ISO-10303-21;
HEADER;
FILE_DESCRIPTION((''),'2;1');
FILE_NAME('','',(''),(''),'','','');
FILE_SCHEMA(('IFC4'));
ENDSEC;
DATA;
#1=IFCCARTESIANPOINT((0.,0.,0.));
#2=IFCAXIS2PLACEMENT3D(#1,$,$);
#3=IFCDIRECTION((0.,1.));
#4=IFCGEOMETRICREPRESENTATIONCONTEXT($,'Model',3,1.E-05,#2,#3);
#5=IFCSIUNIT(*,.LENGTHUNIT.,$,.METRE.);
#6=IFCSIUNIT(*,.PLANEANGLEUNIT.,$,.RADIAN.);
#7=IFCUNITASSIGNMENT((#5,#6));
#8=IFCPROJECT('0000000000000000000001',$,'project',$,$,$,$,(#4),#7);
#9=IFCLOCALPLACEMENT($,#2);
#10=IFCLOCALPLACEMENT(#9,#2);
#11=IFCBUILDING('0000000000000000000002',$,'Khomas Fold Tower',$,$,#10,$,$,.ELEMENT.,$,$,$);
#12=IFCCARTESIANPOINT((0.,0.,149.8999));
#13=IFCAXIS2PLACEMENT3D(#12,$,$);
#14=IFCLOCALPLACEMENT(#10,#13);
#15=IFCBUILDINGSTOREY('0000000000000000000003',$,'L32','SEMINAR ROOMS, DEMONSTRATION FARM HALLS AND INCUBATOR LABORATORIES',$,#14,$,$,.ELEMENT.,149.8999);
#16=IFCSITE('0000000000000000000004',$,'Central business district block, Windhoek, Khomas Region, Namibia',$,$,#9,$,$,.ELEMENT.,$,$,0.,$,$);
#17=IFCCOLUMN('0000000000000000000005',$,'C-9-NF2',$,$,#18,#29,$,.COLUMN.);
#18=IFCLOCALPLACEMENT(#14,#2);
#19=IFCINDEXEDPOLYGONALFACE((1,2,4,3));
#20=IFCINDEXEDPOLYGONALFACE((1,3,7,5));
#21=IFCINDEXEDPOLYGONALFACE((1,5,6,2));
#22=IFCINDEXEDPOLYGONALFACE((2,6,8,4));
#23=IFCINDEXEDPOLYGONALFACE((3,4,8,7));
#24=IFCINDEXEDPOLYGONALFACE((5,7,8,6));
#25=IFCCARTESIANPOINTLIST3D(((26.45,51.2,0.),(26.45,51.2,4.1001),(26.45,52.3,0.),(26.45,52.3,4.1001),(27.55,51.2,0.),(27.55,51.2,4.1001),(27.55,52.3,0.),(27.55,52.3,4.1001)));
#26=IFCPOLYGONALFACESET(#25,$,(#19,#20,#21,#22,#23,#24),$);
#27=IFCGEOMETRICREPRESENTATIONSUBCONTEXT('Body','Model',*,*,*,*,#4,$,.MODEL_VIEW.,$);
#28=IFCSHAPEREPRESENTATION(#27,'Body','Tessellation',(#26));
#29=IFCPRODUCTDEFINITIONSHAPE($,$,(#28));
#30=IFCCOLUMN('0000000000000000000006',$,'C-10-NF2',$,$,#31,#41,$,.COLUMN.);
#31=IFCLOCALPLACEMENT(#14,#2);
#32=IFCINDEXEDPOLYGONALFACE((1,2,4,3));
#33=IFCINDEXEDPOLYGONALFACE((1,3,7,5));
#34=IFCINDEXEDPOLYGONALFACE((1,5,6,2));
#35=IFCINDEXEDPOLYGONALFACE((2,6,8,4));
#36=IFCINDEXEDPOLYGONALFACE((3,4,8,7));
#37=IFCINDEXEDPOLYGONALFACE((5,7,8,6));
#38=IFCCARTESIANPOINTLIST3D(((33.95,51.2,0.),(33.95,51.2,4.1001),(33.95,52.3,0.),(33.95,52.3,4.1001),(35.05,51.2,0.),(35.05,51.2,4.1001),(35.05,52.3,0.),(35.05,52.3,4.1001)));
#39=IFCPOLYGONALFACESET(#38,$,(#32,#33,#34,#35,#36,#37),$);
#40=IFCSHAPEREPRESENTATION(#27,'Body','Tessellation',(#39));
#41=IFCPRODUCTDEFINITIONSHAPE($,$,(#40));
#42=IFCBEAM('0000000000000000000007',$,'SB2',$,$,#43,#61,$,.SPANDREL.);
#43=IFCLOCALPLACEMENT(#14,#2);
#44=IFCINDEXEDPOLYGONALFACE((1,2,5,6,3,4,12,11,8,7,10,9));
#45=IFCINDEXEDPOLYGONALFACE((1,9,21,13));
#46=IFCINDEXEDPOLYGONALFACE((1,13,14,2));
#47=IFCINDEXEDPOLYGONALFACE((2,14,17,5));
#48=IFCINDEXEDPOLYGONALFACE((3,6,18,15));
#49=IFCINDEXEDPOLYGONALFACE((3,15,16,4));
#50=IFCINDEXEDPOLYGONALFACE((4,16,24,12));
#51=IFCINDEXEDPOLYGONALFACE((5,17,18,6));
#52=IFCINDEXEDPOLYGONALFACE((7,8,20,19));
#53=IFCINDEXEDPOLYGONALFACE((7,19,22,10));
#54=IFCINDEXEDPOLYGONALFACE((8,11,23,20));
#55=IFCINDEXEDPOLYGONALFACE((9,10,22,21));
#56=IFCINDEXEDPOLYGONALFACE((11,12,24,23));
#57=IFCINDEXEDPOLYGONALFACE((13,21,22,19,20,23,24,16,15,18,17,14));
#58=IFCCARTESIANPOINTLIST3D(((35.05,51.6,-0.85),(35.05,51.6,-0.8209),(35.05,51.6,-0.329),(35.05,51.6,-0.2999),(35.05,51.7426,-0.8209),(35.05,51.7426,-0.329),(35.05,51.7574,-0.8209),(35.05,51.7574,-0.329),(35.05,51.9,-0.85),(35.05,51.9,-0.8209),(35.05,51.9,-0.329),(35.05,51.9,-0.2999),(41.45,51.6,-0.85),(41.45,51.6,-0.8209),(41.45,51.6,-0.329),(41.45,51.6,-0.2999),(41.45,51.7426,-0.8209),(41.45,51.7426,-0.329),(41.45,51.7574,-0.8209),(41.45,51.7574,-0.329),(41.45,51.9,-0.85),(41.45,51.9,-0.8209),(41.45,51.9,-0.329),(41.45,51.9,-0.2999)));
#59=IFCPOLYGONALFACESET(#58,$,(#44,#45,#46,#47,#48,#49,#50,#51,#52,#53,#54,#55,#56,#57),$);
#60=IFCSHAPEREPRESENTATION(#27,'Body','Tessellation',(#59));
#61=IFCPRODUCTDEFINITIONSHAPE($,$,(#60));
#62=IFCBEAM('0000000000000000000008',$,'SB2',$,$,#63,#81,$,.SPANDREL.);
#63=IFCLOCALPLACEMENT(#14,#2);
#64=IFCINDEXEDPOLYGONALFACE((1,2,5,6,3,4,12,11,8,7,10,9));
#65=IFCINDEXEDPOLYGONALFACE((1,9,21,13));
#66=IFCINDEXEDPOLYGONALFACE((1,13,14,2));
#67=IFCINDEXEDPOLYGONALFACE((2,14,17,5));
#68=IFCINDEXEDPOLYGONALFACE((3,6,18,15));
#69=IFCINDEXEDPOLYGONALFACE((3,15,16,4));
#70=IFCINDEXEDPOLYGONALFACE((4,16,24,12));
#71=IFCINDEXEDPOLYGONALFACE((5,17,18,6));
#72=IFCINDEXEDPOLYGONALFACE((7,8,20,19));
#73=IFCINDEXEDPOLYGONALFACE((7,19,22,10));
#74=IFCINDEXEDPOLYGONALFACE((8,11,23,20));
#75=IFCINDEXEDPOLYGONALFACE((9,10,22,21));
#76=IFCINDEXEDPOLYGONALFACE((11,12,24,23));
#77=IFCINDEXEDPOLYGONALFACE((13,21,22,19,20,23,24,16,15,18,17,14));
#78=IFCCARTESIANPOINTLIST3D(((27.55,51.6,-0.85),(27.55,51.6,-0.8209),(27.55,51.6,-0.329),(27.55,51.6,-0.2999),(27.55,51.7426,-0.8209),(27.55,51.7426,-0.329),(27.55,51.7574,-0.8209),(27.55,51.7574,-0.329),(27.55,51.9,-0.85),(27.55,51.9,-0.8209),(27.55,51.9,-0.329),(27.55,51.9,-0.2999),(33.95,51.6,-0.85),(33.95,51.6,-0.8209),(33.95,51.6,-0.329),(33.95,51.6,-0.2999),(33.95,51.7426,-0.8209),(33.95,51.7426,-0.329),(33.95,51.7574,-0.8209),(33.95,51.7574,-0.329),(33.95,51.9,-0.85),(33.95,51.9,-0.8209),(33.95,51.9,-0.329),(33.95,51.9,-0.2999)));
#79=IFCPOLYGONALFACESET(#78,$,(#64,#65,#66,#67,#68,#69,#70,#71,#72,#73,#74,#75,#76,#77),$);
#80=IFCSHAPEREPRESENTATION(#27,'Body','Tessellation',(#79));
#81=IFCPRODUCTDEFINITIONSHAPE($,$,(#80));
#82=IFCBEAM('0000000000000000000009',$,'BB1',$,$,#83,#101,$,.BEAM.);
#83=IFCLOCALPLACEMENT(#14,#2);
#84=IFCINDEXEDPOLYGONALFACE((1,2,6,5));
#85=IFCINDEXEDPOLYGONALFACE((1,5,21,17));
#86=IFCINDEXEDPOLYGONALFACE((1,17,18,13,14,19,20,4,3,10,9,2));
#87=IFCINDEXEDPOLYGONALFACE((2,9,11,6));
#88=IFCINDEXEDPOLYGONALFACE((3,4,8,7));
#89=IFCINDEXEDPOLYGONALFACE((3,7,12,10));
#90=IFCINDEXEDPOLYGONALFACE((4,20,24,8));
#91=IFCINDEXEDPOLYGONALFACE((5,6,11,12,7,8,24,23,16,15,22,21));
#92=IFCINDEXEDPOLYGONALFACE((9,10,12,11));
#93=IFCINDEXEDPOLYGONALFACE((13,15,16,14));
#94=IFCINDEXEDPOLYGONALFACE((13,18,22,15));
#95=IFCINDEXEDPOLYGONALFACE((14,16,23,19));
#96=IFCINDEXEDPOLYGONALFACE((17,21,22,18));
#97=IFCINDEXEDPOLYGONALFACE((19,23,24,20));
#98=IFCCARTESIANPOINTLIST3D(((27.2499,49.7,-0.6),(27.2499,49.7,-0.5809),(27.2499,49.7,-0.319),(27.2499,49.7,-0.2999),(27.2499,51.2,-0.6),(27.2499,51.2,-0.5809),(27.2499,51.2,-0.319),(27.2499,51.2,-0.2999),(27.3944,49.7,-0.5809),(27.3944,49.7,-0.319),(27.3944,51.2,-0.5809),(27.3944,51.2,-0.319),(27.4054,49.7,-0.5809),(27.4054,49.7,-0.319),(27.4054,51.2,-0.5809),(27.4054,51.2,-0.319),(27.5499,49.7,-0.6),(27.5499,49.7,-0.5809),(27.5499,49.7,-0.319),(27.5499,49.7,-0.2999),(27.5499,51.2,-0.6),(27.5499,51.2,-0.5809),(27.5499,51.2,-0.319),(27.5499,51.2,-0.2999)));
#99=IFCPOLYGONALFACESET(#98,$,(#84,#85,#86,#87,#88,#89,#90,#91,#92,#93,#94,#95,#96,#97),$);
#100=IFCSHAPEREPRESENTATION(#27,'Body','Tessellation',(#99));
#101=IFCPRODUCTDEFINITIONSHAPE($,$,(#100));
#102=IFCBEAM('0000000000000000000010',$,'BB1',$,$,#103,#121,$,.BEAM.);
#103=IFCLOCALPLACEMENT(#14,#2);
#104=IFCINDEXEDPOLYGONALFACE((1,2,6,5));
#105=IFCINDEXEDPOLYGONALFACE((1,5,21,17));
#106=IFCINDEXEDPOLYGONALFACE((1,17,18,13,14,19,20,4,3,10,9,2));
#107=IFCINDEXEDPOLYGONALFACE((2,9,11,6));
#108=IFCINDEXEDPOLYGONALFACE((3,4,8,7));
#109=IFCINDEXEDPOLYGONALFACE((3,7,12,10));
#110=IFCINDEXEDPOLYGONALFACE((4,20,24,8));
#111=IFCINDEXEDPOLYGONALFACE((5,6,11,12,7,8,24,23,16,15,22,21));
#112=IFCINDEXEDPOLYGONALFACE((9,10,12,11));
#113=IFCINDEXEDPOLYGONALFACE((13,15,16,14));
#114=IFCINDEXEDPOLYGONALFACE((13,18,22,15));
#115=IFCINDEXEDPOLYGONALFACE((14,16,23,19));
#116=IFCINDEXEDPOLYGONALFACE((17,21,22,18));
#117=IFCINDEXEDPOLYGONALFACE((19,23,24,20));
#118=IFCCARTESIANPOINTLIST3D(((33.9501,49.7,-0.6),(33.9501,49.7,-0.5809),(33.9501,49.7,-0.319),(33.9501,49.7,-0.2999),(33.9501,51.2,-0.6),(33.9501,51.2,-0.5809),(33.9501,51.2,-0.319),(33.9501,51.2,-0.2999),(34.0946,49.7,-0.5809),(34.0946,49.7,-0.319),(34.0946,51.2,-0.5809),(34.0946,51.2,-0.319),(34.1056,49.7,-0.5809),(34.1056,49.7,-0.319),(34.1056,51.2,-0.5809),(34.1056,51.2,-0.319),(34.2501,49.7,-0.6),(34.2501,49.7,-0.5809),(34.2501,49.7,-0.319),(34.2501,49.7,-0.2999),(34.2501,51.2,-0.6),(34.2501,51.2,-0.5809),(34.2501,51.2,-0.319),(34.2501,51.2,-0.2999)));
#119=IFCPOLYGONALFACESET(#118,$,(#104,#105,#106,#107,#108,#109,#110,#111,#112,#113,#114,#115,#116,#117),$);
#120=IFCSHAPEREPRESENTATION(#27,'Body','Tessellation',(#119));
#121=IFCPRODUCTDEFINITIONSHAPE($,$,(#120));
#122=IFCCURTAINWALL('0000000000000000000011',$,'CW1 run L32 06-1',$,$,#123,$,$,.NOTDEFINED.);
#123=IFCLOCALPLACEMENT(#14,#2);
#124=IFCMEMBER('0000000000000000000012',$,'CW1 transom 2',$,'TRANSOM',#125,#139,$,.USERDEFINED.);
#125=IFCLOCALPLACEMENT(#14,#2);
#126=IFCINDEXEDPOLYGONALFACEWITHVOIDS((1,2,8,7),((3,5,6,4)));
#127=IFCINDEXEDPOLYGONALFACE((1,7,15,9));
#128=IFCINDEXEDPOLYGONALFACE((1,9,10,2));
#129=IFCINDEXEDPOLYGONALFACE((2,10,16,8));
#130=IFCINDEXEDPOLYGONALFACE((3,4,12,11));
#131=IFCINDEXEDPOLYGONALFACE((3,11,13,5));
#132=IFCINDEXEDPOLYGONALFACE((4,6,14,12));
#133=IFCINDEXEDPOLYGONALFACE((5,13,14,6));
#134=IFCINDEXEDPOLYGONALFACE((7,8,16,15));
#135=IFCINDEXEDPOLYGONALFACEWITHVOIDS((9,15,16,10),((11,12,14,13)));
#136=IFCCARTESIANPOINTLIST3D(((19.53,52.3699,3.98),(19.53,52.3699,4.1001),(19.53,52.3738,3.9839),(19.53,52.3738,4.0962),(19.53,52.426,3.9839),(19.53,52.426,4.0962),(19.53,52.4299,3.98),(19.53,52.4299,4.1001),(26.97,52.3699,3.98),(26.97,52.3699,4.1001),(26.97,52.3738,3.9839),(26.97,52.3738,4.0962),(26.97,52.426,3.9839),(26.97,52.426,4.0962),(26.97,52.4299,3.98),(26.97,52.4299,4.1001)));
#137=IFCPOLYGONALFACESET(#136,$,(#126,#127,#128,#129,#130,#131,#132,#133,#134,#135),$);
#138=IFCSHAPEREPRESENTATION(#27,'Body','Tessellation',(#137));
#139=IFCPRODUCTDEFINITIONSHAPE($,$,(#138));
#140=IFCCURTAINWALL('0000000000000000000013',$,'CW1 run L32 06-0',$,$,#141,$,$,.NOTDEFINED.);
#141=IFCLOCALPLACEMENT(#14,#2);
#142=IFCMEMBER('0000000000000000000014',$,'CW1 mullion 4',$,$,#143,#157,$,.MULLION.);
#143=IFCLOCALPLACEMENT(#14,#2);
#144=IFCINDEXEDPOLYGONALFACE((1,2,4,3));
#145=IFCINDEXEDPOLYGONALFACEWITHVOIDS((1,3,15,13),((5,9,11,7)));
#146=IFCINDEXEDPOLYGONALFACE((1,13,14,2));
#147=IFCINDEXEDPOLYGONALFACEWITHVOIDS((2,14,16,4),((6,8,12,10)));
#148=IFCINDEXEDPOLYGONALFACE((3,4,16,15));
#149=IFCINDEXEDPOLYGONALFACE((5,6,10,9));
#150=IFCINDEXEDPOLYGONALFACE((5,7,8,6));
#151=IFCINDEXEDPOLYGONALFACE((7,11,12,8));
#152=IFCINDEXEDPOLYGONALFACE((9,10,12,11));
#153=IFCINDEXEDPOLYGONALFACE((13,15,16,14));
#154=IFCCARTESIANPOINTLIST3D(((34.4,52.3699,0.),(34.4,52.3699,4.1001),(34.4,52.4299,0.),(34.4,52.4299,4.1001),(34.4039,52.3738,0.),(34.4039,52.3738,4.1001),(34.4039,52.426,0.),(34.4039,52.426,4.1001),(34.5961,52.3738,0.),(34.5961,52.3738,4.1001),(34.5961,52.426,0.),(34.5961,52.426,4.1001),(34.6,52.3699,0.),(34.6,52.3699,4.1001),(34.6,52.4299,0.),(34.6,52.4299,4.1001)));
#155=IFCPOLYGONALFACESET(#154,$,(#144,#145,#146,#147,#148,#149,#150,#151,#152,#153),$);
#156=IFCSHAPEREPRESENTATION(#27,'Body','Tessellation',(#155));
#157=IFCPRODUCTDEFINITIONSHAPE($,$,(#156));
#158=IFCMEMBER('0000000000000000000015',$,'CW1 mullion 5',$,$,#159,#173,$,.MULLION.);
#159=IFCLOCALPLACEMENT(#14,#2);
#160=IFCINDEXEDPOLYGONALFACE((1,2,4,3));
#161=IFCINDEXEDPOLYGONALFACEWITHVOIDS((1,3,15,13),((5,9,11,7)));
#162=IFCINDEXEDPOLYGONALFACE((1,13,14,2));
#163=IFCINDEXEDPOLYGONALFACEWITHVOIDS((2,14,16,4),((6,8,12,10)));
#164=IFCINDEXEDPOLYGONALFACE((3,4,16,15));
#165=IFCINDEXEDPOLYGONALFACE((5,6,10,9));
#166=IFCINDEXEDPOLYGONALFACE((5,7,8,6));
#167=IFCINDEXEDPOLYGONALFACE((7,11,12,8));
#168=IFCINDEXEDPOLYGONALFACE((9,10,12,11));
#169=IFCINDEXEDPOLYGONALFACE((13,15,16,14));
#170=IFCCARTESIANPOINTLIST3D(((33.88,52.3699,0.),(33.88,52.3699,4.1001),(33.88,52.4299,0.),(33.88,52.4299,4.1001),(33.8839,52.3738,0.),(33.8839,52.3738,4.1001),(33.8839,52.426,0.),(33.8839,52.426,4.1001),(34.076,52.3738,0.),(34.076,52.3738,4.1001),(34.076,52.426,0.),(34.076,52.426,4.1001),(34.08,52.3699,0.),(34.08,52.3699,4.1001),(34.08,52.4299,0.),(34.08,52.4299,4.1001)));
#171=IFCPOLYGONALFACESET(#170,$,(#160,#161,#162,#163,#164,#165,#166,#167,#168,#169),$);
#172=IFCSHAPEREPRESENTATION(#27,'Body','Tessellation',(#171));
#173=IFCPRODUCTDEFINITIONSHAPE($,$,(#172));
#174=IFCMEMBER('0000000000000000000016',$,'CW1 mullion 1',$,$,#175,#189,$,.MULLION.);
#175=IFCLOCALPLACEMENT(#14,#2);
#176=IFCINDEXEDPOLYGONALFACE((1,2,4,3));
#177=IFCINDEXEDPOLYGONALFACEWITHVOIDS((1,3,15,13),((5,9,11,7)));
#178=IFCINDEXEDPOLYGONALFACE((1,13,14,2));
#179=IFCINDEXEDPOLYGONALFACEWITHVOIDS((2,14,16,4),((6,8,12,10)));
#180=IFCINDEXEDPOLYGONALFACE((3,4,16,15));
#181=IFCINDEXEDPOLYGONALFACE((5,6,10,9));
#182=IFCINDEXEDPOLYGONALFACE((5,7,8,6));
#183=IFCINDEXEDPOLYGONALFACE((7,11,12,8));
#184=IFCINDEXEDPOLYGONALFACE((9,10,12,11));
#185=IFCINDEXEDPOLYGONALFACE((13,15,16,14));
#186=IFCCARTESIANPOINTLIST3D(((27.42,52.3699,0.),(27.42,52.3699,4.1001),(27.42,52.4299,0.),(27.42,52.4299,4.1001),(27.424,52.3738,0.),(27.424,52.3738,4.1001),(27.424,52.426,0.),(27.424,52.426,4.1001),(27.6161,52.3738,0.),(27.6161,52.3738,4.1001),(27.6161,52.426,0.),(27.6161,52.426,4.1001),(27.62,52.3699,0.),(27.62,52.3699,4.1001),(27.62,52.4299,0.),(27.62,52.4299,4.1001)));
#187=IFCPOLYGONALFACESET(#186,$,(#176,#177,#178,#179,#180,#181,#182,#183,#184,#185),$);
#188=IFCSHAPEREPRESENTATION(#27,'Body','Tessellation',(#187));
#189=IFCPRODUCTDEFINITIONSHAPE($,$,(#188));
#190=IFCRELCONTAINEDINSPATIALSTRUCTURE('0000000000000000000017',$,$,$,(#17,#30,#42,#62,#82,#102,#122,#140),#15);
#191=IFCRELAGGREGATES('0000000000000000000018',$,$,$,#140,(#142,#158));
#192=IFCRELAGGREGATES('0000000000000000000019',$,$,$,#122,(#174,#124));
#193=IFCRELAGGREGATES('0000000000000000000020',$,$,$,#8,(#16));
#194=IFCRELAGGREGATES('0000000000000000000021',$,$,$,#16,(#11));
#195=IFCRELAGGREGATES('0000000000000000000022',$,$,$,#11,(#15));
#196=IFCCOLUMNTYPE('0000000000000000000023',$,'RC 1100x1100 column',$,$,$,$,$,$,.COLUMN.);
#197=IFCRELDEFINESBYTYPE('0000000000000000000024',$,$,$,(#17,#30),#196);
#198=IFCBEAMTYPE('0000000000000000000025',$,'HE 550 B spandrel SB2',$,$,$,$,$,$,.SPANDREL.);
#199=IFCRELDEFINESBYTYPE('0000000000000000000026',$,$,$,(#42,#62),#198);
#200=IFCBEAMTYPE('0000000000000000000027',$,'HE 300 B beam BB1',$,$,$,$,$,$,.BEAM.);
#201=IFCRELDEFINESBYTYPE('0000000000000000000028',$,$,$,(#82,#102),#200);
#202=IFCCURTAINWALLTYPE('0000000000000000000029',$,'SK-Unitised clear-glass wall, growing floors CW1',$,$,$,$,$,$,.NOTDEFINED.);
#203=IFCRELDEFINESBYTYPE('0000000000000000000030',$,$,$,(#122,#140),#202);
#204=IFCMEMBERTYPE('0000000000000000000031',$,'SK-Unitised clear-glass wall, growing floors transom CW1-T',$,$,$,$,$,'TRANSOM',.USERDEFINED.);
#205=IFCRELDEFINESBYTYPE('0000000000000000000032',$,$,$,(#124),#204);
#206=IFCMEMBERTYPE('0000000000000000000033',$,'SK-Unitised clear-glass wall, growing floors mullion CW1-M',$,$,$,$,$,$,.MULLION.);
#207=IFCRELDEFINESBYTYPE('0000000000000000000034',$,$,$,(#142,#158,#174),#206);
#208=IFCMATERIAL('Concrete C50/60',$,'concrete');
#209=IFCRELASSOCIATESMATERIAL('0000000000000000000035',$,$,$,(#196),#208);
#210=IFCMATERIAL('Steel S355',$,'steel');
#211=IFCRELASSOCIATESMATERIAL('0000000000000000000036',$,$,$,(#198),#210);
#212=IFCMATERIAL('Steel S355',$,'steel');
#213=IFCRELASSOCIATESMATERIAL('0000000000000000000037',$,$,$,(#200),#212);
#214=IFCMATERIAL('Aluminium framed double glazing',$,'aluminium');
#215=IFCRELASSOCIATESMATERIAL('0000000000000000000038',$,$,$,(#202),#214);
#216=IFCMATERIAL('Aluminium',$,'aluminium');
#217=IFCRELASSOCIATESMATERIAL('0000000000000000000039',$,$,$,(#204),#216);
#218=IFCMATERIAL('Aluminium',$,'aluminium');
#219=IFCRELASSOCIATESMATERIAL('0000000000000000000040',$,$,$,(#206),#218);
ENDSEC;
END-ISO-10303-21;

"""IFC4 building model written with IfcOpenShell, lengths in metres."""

from ifc_helpers import new_model, si_unit, direction, frame, origin, origin_2d, place, context, subcontext, project, spatial, rectangle, hollow_rectangle, i_section, extrude, source, transform, mapped, material, material_profile, profile_set, type_object, element, aggregate, save


model = new_model("IFC4")

# Units and contexts
model_context = context("Model", 3, precision=1e-05, world=origin(), true_north=direction((0.0, 1.0)))
body_context = subcontext(model_context, "Body", "Model", "MODEL_VIEW")
ifc_project = project(units=[si_unit("LENGTHUNIT", "METRE"), si_unit("PLANEANGLEUNIT", "RADIAN")], contexts=[model_context])

# Site, building, storey
site_placement = place(None, origin())
site = spatial("IfcSite", under=ifc_project, at=site_placement, Name="Central business district block, Windhoek, Khomas Region, Namibia", CompositionType="ELEMENT", RefElevation=0.0)
building_placement = place(site_placement, origin())
building = spatial("IfcBuilding", under=site, at=building_placement, Name="Khomas Fold Tower", CompositionType="ELEMENT")
storey_placement = place(building_placement, frame((0.0, 0.0, 149.8999)))
storey = spatial("IfcBuildingStorey", under=building, at=storey_placement, Name="L32", Description="SEMINAR ROOMS, DEMONSTRATION FARM HALLS AND INCUBATOR LABORATORIES", CompositionType="ELEMENT", Elevation=149.8999)

# Columns
ifc_material_1 = material(Name="Concrete C50/60", Category="concrete")
ifc_material_profile_1 = material_profile(ifc_material_1, rectangle(XDim=1.1001, YDim=1.1001, at=origin_2d()), Name="RC 1100x1100")
ifc_profile_set_1 = profile_set([ifc_material_profile_1], Name="Concrete C50/60")
column_type = type_object("IfcColumnType", Name="RC 1100x1100 column", PredefinedType="COLUMN", material=ifc_profile_set_1)
shared_shape_1 = source(origin(), body_context, "Body", "SweptSolid", [
    extrude(rectangle(XDim=1.1001, YDim=1.1001, at=origin_2d()), origin(), (0.0, 0.0, 1.0), 4.1001),
])
for number, where, z_axis, x_axis, name in (
    (1, (27.0, 51.75, 0.0), (0.0, 0.0, 1.0), (1.0, 0.0, 0.0), "C-9-NF2"),
    (2, (34.5, 51.75, 0.0), (0.0, 0.0, 1.0), (1.0, 0.0, 0.0), "C-10-NF2"),
):
    element("IfcColumn", number, at=place(storey_placement, frame(where, z_axis=z_axis, x_axis=x_axis)), inside=storey, type_object=column_type, Name=name, PredefinedType="COLUMN", context=body_context, shape_type="MappedRepresentation", body=[
        mapped(shared_shape_1, transform((0.0, 0.0, 0.0))),
    ])

# Beams
ifc_material_2 = material(Name="Steel S355", Category="steel")
ifc_material_profile_2 = material_profile(ifc_material_2, i_section(OverallWidth=0.3, OverallDepth=0.55, WebThickness=0.0149, FlangeThickness=0.0291, at=origin_2d()), Name="HE 550 B")
ifc_profile_set_2 = profile_set([ifc_material_profile_2], Name="Steel S355")
beam_type_1 = type_object("IfcBeamType", Name="HE 550 B spandrel SB2", PredefinedType="SPANDREL", material=ifc_profile_set_2)
shared_shape_2 = source(origin(), body_context, "Body", "SweptSolid", [
    extrude(i_section(OverallWidth=0.3, OverallDepth=0.55, WebThickness=0.0149, FlangeThickness=0.0291, at=origin_2d()), origin(), (0.0, 0.0, 1.0), 6.3999),
])
for number, where, z_axis, x_axis, name in (
    (3, (35.05, 51.75, -0.575), (1.0, 0.0, 0.0), (0.0, 1.0, 0.0), "SB2"),
    (4, (27.55, 51.75, -0.575), (1.0, 0.0, 0.0), (0.0, 1.0, 0.0), "SB2"),
):
    element("IfcBeam", number, at=place(storey_placement, frame(where, z_axis=z_axis, x_axis=x_axis)), inside=storey, type_object=beam_type_1, Name=name, PredefinedType="SPANDREL", context=body_context, shape_type="MappedRepresentation", body=[
        mapped(shared_shape_2, transform((0.0, 0.0, 0.0))),
    ])
ifc_material_3 = material(Name="Steel S355", Category="steel")
ifc_material_profile_3 = material_profile(ifc_material_3, i_section(OverallWidth=0.3, OverallDepth=0.3, WebThickness=0.011, FlangeThickness=0.019, at=origin_2d()), Name="HE 300 B")
ifc_profile_set_3 = profile_set([ifc_material_profile_3], Name="Steel S355")
beam_type_2 = type_object("IfcBeamType", Name="HE 300 B beam BB1", PredefinedType="BEAM", material=ifc_profile_set_3)
shared_shape_3 = source(origin(), body_context, "Body", "SweptSolid", [
    extrude(i_section(OverallWidth=0.3, OverallDepth=0.3, WebThickness=0.011, FlangeThickness=0.019, at=origin_2d()), origin(), (0.0, 0.0, 1.0), 1.5),
])
for number, where, z_axis, x_axis, name in (
    (5, (27.3999, 49.7, -0.45), (0.0, 1.0, 0.0), (-1.0, 0.0, 0.0), "BB1"),
    (6, (34.1001, 49.7, -0.45), (0.0, 1.0, 0.0), (-1.0, 0.0, 0.0), "BB1"),
):
    element("IfcBeam", number, at=place(storey_placement, frame(where, z_axis=z_axis, x_axis=x_axis)), inside=storey, type_object=beam_type_2, Name=name, PredefinedType="BEAM", context=body_context, shape_type="MappedRepresentation", body=[
        mapped(shared_shape_3, transform((0.0, 0.0, 0.0))),
    ])

# Curtain wall, member
ifc_material_4 = material(Name="Aluminium framed double glazing", Category="aluminium")
curtain_wall_type = type_object("IfcCurtainWallType", Name="SK-Unitised clear-glass wall, growing floors CW1", PredefinedType="NOTDEFINED", material=ifc_material_4)
curtain_wall_1_placement = place(storey_placement, origin())
curtain_wall_1 = element("IfcCurtainWall", 7, at=curtain_wall_1_placement, inside=storey, type_object=curtain_wall_type, Name="CW1 run L32 06-1", PredefinedType="NOTDEFINED")
ifc_material_5 = material(Name="Aluminium", Category="aluminium")
ifc_material_profile_4 = material_profile(ifc_material_5, hollow_rectangle(XDim=0.0601, YDim=0.1201, WallThickness=0.0039, at=origin_2d()), Name="SK-Unitised clear-glass wall, growing floors transom CW1-T")
ifc_profile_set_4 = profile_set([ifc_material_profile_4], Name="Aluminium")
member_type_1 = type_object("IfcMemberType", Name="SK-Unitised clear-glass wall, growing floors transom CW1-T", ElementType="TRANSOM", PredefinedType="USERDEFINED", material=ifc_profile_set_4)
shared_shape_4 = source(origin(), body_context, "Body", "SweptSolid", [
    extrude(hollow_rectangle(XDim=0.0601, YDim=0.1201, WallThickness=0.0039, at=origin_2d()), origin(), (0.0, 0.0, 1.0), 7.4399),
])
member_1_placement = place(storey_placement, frame((26.97, 52.3999, 4.04), z_axis=(-1.0, 0.0, 0.0), x_axis=(0.0, -1.0, 0.0)))
member_1 = element("IfcMember", 8, at=member_1_placement, type_object=member_type_1, Name="CW1 transom 2", ObjectType="TRANSOM", PredefinedType="USERDEFINED", context=body_context, shape_type="MappedRepresentation", body=[
    mapped(shared_shape_4, transform((0.0, 0.0, 0.0))),
])

# Curtain wall, members
curtain_wall_2_placement = place(storey_placement, origin())
curtain_wall_2 = element("IfcCurtainWall", 9, at=curtain_wall_2_placement, inside=storey, type_object=curtain_wall_type, Name="CW1 run L32 06-0", PredefinedType="NOTDEFINED")
ifc_material_6 = material(Name="Aluminium", Category="aluminium")
ifc_material_profile_5 = material_profile(ifc_material_6, hollow_rectangle(XDim=0.0601, YDim=0.2, WallThickness=0.0039, at=origin_2d()), Name="SK-Unitised clear-glass wall, growing floors mullion CW1-M")
ifc_profile_set_5 = profile_set([ifc_material_profile_5], Name="Aluminium")
member_type_2 = type_object("IfcMemberType", Name="SK-Unitised clear-glass wall, growing floors mullion CW1-M", PredefinedType="MULLION", material=ifc_profile_set_5)
shared_shape_5 = source(origin(), body_context, "Body", "SweptSolid", [
    extrude(hollow_rectangle(XDim=0.0601, YDim=0.2, WallThickness=0.0039, at=origin_2d()), origin(), (0.0, 0.0, 1.0), 4.1001),
])
member_2_placement = place(storey_placement, frame((34.5, 52.3999, 0.0), z_axis=(0.0, 0.0, 1.0), x_axis=(0.0, -1.0, 0.0)))
member_2 = element("IfcMember", 10, at=member_2_placement, type_object=member_type_2, Name="CW1 mullion 4", PredefinedType="MULLION", context=body_context, shape_type="MappedRepresentation", body=[
    mapped(shared_shape_5, transform((0.0, 0.0, 0.0))),
])
member_3_placement = place(storey_placement, frame((33.98, 52.3999, 0.0), z_axis=(0.0, 0.0, 1.0), x_axis=(0.0, -1.0, 0.0)))
member_3 = element("IfcMember", 11, at=member_3_placement, type_object=member_type_2, Name="CW1 mullion 5", PredefinedType="MULLION", context=body_context, shape_type="MappedRepresentation", body=[
    mapped(shared_shape_5, transform((0.0, 0.0, 0.0))),
])

# Member
member_4_placement = place(storey_placement, frame((27.52, 52.3999, 0.0), z_axis=(0.0, 0.0, 1.0), x_axis=(0.0, -1.0, 0.0)))
member_4 = element("IfcMember", 12, at=member_4_placement, type_object=member_type_2, Name="CW1 mullion 1", PredefinedType="MULLION", context=body_context, shape_type="MappedRepresentation", body=[
    mapped(shared_shape_5, transform((0.0, 0.0, 0.0))),
])

aggregate(curtain_wall_2, [member_2, member_3])
aggregate(curtain_wall_1, [member_4, member_1])

save(model, "model.ifc")
